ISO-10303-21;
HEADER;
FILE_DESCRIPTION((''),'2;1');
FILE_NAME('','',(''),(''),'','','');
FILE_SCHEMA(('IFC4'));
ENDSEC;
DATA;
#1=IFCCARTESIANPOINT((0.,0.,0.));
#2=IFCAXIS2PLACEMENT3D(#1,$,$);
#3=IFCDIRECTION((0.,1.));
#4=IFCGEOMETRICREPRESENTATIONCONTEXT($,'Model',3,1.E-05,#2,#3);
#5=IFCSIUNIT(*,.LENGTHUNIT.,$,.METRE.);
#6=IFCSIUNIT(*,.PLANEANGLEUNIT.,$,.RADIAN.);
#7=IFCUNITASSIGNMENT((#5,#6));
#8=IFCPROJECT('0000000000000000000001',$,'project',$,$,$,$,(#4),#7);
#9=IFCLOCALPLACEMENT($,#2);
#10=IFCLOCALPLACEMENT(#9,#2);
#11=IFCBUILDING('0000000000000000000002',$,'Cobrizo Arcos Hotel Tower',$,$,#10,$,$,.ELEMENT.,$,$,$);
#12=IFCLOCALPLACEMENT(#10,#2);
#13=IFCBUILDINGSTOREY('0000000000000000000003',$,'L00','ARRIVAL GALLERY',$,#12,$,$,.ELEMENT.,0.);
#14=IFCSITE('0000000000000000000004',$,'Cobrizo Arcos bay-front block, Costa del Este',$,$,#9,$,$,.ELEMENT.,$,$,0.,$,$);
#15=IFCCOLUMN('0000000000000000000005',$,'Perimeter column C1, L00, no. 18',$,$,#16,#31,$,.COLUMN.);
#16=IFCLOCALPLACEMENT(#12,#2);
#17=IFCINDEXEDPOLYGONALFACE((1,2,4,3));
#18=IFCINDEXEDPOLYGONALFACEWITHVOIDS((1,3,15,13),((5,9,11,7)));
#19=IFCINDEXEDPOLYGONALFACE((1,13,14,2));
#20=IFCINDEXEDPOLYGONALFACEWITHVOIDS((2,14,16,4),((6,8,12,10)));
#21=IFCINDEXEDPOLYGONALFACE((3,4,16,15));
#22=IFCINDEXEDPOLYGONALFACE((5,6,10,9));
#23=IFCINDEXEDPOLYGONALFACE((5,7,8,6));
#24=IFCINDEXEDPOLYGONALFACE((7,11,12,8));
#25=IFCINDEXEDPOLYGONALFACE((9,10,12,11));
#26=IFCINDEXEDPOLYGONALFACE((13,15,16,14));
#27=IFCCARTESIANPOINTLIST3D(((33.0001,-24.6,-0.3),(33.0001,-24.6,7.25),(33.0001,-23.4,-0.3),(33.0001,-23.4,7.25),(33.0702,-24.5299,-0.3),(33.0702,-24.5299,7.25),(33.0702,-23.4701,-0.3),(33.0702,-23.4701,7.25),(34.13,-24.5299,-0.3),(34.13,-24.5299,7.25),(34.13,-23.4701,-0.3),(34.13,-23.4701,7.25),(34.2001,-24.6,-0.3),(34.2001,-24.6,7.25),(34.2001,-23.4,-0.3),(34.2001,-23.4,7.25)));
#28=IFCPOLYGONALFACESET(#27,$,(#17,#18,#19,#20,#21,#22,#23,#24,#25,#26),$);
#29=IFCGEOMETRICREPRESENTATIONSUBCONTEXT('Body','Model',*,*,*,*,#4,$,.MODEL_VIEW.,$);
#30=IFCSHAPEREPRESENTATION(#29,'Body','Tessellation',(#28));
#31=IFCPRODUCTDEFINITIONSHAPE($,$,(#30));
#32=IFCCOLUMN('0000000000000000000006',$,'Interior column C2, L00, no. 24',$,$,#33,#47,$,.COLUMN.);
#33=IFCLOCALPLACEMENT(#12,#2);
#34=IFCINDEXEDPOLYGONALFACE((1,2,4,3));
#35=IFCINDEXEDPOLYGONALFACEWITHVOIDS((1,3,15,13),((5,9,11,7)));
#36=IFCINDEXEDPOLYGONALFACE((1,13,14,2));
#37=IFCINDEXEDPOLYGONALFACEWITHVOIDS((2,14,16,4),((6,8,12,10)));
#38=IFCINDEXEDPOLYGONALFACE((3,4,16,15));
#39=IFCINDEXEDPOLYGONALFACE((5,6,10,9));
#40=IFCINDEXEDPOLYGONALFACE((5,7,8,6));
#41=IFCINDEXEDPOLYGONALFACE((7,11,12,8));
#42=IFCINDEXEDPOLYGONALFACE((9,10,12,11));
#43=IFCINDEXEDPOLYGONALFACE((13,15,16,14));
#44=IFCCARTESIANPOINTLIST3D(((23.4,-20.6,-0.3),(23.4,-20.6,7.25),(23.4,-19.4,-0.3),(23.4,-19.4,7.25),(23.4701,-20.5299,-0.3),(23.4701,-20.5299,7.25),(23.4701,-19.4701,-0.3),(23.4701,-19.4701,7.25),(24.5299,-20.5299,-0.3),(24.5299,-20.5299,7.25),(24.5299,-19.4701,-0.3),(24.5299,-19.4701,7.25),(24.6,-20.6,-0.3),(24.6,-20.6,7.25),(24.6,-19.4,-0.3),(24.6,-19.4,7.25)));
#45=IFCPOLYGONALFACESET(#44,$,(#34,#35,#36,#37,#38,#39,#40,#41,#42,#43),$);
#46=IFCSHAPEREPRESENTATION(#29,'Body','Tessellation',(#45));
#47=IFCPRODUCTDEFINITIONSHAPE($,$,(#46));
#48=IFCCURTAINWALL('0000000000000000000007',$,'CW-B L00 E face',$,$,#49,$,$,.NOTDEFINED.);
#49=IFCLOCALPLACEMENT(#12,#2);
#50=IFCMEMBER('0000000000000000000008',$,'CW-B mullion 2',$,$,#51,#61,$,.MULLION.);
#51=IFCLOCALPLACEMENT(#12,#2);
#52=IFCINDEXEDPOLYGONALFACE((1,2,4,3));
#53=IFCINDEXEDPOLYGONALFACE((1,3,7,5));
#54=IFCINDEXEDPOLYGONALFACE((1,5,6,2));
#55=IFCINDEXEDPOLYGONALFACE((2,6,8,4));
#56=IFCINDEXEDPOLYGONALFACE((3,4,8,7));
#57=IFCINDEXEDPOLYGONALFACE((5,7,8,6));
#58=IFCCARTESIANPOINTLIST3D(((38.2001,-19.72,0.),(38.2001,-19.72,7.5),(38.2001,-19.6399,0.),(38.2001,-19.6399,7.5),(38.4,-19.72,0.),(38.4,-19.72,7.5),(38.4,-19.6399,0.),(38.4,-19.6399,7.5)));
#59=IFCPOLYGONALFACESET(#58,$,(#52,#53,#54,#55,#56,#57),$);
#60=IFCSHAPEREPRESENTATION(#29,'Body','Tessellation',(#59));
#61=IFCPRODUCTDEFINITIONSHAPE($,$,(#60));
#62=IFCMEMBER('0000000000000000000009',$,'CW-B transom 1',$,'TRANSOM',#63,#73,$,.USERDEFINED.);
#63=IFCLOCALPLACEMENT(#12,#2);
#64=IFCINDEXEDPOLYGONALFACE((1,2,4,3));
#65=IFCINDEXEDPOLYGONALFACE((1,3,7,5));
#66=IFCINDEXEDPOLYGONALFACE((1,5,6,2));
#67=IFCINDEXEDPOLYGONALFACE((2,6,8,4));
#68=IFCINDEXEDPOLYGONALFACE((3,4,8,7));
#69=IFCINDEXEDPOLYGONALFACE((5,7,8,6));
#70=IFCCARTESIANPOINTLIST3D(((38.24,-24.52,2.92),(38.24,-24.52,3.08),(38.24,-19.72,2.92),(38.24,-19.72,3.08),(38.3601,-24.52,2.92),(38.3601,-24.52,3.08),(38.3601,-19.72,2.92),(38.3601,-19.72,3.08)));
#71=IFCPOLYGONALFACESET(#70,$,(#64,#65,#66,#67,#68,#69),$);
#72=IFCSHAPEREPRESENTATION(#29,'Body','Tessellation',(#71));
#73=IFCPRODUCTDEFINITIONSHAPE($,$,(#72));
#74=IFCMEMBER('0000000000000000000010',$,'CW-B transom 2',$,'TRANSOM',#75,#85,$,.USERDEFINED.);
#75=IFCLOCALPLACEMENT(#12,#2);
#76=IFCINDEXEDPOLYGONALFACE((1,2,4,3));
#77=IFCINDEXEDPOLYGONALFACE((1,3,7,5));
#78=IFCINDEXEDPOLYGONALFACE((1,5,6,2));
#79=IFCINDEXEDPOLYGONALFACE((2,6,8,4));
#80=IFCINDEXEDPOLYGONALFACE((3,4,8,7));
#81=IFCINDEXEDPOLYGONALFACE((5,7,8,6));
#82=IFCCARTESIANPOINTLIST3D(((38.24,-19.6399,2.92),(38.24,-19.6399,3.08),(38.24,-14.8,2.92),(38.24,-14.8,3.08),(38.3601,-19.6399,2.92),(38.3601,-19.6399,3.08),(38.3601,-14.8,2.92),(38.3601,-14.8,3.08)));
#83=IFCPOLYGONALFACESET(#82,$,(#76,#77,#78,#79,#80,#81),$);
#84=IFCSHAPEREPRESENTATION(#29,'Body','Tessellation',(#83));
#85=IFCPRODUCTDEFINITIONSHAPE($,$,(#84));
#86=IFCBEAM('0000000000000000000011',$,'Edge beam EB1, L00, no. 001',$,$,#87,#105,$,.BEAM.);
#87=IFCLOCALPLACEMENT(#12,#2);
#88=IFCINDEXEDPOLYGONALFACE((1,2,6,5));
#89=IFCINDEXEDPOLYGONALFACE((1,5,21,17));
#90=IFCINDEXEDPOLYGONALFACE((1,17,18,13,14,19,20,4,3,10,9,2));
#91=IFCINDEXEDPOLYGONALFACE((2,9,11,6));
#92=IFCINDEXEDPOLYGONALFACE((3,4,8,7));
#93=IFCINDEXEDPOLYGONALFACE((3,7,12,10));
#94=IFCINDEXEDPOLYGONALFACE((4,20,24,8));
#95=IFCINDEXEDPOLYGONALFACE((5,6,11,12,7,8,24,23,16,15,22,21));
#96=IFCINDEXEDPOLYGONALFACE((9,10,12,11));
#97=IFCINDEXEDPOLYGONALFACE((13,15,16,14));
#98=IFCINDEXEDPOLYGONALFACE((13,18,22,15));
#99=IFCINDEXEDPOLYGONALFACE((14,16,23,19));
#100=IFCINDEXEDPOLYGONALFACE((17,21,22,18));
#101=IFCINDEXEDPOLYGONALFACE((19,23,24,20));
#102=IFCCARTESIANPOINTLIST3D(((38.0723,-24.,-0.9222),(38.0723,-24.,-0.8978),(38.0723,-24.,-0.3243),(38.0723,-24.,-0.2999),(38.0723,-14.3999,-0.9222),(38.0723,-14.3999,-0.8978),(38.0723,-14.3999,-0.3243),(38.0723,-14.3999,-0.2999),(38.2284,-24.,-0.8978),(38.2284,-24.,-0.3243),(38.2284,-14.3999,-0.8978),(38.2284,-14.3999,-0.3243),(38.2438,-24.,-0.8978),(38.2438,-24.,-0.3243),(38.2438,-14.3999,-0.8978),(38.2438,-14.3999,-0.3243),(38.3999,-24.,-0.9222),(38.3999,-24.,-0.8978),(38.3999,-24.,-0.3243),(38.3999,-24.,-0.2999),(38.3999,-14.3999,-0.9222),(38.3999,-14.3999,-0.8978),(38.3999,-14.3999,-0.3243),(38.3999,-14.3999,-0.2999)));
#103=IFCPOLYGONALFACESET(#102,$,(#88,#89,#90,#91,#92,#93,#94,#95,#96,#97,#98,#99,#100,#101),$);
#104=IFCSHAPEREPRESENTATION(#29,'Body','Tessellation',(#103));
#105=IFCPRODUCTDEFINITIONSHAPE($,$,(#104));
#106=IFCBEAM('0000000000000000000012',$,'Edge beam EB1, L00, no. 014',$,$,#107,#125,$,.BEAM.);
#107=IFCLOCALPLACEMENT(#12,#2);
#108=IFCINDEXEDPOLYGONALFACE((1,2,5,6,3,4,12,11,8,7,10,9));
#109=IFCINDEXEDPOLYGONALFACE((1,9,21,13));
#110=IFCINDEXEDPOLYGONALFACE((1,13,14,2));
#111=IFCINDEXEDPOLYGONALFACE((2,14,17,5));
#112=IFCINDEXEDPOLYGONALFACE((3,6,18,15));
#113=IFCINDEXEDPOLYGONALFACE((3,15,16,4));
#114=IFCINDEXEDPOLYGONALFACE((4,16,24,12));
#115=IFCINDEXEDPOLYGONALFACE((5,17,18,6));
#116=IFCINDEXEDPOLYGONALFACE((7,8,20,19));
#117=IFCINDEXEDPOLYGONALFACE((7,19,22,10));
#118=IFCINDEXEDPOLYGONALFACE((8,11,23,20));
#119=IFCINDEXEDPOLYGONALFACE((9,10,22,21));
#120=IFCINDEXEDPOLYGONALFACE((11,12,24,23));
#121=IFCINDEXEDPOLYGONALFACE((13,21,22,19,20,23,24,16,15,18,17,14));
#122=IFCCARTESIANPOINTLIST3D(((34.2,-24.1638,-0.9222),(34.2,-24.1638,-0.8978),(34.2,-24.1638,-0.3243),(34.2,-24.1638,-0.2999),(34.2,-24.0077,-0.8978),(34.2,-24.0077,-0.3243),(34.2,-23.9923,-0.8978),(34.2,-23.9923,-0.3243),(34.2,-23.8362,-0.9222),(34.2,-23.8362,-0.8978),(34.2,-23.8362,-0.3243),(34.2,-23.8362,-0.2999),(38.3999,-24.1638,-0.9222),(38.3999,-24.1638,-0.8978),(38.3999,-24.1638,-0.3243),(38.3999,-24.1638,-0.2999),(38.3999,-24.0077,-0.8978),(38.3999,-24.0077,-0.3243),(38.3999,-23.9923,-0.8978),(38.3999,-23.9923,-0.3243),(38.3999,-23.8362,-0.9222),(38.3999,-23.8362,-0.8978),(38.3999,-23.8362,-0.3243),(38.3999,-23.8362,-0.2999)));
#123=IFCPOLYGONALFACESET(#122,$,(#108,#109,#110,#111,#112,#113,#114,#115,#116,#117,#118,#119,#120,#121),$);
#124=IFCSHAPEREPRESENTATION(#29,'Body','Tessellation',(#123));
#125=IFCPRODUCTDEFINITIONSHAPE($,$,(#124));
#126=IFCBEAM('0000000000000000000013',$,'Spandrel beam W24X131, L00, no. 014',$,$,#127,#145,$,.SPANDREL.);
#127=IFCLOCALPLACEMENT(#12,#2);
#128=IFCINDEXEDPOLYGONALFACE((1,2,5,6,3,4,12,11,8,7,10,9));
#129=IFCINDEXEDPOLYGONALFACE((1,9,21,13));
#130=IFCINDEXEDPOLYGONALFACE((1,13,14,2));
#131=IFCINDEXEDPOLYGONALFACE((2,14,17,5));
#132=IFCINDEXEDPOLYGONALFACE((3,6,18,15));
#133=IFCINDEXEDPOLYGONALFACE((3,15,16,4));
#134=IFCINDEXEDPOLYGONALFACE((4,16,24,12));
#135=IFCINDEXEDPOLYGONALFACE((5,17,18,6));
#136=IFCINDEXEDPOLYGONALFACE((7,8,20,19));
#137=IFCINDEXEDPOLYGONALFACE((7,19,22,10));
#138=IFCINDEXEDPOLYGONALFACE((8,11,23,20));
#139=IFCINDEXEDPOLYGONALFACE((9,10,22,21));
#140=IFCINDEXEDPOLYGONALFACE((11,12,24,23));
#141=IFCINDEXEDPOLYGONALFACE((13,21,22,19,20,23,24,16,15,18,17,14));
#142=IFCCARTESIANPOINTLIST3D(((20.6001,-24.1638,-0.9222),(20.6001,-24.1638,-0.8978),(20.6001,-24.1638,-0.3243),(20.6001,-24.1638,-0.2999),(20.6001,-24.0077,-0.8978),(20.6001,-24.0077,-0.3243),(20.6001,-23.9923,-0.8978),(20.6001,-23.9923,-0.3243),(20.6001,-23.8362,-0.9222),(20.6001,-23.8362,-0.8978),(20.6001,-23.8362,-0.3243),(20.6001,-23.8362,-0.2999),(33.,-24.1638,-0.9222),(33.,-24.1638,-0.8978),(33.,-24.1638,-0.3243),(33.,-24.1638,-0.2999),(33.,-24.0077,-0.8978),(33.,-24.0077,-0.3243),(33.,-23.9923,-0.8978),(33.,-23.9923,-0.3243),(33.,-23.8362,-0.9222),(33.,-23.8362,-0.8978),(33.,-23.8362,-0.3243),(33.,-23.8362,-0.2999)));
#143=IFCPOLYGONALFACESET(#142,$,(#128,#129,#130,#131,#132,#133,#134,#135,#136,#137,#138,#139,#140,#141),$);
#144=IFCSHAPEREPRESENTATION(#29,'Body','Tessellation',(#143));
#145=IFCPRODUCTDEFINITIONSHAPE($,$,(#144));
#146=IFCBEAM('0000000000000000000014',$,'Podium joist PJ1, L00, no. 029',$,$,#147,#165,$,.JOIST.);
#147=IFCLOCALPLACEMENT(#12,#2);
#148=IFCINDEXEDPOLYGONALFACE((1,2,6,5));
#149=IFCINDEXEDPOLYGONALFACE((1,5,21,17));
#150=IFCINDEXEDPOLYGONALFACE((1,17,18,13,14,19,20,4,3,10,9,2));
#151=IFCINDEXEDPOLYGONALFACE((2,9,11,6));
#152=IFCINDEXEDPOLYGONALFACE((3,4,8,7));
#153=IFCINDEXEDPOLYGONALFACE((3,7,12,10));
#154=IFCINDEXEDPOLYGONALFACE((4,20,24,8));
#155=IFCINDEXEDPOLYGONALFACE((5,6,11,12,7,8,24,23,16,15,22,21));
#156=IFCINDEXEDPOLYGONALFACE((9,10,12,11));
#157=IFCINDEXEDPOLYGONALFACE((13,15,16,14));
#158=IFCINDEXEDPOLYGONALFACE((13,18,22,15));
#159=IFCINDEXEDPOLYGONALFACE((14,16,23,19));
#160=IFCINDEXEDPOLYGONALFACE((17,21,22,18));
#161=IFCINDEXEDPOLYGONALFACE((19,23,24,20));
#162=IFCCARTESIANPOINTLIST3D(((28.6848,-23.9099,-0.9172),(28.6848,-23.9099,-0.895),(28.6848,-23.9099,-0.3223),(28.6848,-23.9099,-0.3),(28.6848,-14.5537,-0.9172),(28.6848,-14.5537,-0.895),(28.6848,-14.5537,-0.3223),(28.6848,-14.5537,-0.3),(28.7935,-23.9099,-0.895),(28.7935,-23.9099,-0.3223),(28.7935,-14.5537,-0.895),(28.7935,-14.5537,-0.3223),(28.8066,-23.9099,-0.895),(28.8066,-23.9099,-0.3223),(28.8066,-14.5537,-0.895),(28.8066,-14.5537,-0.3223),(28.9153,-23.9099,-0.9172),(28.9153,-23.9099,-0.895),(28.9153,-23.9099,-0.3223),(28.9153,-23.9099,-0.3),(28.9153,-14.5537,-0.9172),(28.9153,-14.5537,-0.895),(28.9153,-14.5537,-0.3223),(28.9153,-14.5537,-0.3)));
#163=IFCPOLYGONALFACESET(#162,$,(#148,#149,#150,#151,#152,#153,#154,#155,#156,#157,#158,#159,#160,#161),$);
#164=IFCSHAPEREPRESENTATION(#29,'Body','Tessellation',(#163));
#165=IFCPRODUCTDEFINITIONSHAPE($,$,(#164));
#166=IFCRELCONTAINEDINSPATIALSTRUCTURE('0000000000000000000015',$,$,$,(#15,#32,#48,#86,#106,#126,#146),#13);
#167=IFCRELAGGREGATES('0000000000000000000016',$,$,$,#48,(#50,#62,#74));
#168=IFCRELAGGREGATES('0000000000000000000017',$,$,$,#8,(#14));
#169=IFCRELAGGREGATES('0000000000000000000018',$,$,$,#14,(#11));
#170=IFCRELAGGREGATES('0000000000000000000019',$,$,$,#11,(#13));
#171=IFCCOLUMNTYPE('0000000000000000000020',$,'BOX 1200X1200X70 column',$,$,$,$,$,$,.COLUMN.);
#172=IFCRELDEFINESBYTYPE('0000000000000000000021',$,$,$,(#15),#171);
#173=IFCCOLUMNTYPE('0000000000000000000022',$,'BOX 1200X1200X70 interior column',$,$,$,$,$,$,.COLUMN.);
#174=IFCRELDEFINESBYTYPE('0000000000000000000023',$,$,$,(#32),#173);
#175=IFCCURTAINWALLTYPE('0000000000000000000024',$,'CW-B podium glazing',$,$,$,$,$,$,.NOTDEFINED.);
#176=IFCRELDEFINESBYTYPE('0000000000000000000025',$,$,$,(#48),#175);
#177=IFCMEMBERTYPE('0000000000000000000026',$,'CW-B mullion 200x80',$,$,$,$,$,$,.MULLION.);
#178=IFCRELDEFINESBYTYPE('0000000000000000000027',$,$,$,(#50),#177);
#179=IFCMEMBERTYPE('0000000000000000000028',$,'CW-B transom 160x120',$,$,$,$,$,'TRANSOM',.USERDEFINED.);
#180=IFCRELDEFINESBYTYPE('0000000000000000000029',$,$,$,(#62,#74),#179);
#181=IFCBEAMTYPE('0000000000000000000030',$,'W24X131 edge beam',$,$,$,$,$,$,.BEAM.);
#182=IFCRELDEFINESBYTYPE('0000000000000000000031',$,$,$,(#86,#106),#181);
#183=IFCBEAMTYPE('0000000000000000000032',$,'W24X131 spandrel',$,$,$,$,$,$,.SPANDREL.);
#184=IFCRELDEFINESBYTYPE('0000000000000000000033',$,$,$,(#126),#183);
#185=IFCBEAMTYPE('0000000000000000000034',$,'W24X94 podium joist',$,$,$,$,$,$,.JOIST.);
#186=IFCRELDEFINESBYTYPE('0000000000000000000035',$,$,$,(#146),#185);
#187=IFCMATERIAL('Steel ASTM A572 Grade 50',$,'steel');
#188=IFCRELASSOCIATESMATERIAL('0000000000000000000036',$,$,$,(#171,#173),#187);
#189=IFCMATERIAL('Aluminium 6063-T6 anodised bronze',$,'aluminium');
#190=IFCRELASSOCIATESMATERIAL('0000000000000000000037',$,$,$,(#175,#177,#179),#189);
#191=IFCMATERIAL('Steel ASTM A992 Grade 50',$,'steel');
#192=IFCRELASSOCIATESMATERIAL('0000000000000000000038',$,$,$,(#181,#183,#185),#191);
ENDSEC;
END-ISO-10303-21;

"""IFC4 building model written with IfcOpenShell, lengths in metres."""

from ifc_helpers import new_model, si_unit, direction, frame, origin, origin_2d, place, context, subcontext, project, spatial, rectangle, hollow_rectangle, i_section, extrude, material, material_profile, profile_set, type_object, element, aggregate, save


model = new_model("IFC4")

# Units and contexts
model_context = context("Model", 3, precision=1e-05, world=origin(), true_north=direction((0.0, 1.0)))
body_context = subcontext(model_context, "Body", "Model", "MODEL_VIEW")
ifc_project = project(units=[si_unit("LENGTHUNIT", "METRE"), si_unit("PLANEANGLEUNIT", "RADIAN")], contexts=[model_context])

# Site, building, storey
site_placement = place(None, origin())
site = spatial("IfcSite", under=ifc_project, at=site_placement, Name="Cobrizo Arcos bay-front block, Costa del Este", CompositionType="ELEMENT", RefElevation=0.0)
building_placement = place(site_placement, origin())
building = spatial("IfcBuilding", under=site, at=building_placement, Name="Cobrizo Arcos Hotel Tower", CompositionType="ELEMENT")
storey_placement = place(building_placement, origin())
storey = spatial("IfcBuildingStorey", under=building, at=storey_placement, Name="L00", Description="ARRIVAL GALLERY", CompositionType="ELEMENT", Elevation=0.0)

# Columns
ifc_material_1 = material(Name="Steel ASTM A572 Grade 50", Category="steel")
ifc_material_profile_1 = material_profile(ifc_material_1, hollow_rectangle(XDim=1.2, YDim=1.2, WallThickness=0.0701, at=origin_2d()), Name="BOX 1200X1200X70")
ifc_profile_set_1 = profile_set([ifc_material_profile_1], Name="Steel ASTM A572 Grade 50")
column_type_1 = type_object("IfcColumnType", Name="BOX 1200X1200X70 column", PredefinedType="COLUMN", material=ifc_profile_set_1)
column_1_placement = place(storey_placement, frame((33.6001, -24.0, -0.3), z_axis=(0.0, 0.0, 1.0), x_axis=(1.0, 0.0, 0.0)))
element("IfcColumn", 1, at=column_1_placement, inside=storey, type_object=column_type_1, Name="Perimeter column C1, L00, no. 18", PredefinedType="COLUMN", context=body_context, shape_type="SweptSolid", body=[
    extrude(hollow_rectangle(XDim=1.2, YDim=1.2, WallThickness=0.0701, at=origin_2d()), origin(), (0.0, 0.0, 1.0), 7.55),
])
ifc_material_profile_2 = material_profile(ifc_material_1, hollow_rectangle(XDim=1.2, YDim=1.2, WallThickness=0.0701, at=origin_2d()), Name="BOX 1200X1200X70")
ifc_profile_set_2 = profile_set([ifc_material_profile_2], Name="Steel ASTM A572 Grade 50")
column_type_2 = type_object("IfcColumnType", Name="BOX 1200X1200X70 interior column", PredefinedType="COLUMN", material=ifc_profile_set_2)
column_2_placement = place(storey_placement, frame((24.0, -20.0, -0.3), z_axis=(0.0, 0.0, 1.0), x_axis=(1.0, 0.0, 0.0)))
element("IfcColumn", 2, at=column_2_placement, inside=storey, type_object=column_type_2, Name="Interior column C2, L00, no. 24", PredefinedType="COLUMN", context=body_context, shape_type="SweptSolid", body=[
    extrude(hollow_rectangle(XDim=1.2, YDim=1.2, WallThickness=0.0701, at=origin_2d()), origin(), (0.0, 0.0, 1.0), 7.55),
])

# Curtain wall, members
ifc_material_2 = material(Name="Aluminium 6063-T6 anodised bronze", Category="aluminium")
curtain_wall_type = type_object("IfcCurtainWallType", Name="CW-B podium glazing", PredefinedType="NOTDEFINED", material=ifc_material_2)
curtain_wall_placement = place(storey_placement, origin())
curtain_wall = element("IfcCurtainWall", 3, at=curtain_wall_placement, inside=storey, type_object=curtain_wall_type, Name="CW-B L00 E face", PredefinedType="NOTDEFINED")
ifc_material_profile_3 = material_profile(ifc_material_2, rectangle(XDim=0.2, YDim=0.0801, at=origin_2d()), Name="CW-B mullion 200x80")
ifc_profile_set_3 = profile_set([ifc_material_profile_3], Name="Aluminium 6063-T6 anodised bronze")
member_type_1 = type_object("IfcMemberType", Name="CW-B mullion 200x80", PredefinedType="MULLION", material=ifc_profile_set_3)
member_1_placement = place(storey_placement, frame((38.3, -19.6799, 0.0), z_axis=(0.0, 0.0, 1.0), x_axis=(1.0, 0.0, 0.0)))
member_1 = element("IfcMember", 4, at=member_1_placement, type_object=member_type_1, Name="CW-B mullion 2", PredefinedType="MULLION", context=body_context, shape_type="SweptSolid", body=[
    extrude(rectangle(XDim=0.2, YDim=0.0801, at=origin_2d()), origin(), (0.0, 0.0, 1.0), 7.5),
])
ifc_material_profile_4 = material_profile(ifc_material_2, rectangle(XDim=0.1201, YDim=0.1599, at=origin_2d()), Name="CW-B transom 160x120")
ifc_profile_set_4 = profile_set([ifc_material_profile_4], Name="Aluminium 6063-T6 anodised bronze")
member_type_2 = type_object("IfcMemberType", Name="CW-B transom 160x120", ElementType="TRANSOM", PredefinedType="USERDEFINED", material=ifc_profile_set_4)
member_2_placement = place(storey_placement, frame((38.3, -24.52, 3.0), z_axis=(0.0, 1.0, 0.0), x_axis=(-1.0, 0.0, 0.0)))
member_2 = element("IfcMember", 5, at=member_2_placement, type_object=member_type_2, Name="CW-B transom 1", ObjectType="TRANSOM", PredefinedType="USERDEFINED", context=body_context, shape_type="SweptSolid", body=[
    extrude(rectangle(XDim=0.1201, YDim=0.1599, at=origin_2d()), origin(), (0.0, 0.0, 1.0), 4.8),
])
member_3_placement = place(storey_placement, frame((38.3, -19.6399, 3.0), z_axis=(0.0, 1.0, 0.0), x_axis=(-1.0, 0.0, 0.0)))
member_3 = element("IfcMember", 6, at=member_3_placement, type_object=member_type_2, Name="CW-B transom 2", ObjectType="TRANSOM", PredefinedType="USERDEFINED", context=body_context, shape_type="SweptSolid", body=[
    extrude(rectangle(XDim=0.1201, YDim=0.1599, at=origin_2d()), origin(), (0.0, 0.0, 1.0), 4.8398),
])

# Beams
ifc_material_3 = material(Name="Steel ASTM A992 Grade 50", Category="steel")
ifc_material_profile_5 = material_profile(ifc_material_3, i_section(OverallWidth=0.3276, OverallDepth=0.6223, WebThickness=0.0154, FlangeThickness=0.0244, at=origin_2d()), Name="W24X131")
ifc_profile_set_5 = profile_set([ifc_material_profile_5], Name="Steel ASTM A992 Grade 50")
beam_type_1 = type_object("IfcBeamType", Name="W24X131 edge beam", PredefinedType="BEAM", material=ifc_profile_set_5)
beam_1_placement = place(storey_placement, frame((38.2361, -24.0, -0.6111), z_axis=(0.0, 1.0, 0.0), x_axis=(-1.0, 0.0, 0.0)))
element("IfcBeam", 7, at=beam_1_placement, inside=storey, type_object=beam_type_1, Name="Edge beam EB1, L00, no. 001", PredefinedType="BEAM", context=body_context, shape_type="SweptSolid", body=[
    extrude(i_section(OverallWidth=0.3276, OverallDepth=0.6223, WebThickness=0.0154, FlangeThickness=0.0244, at=origin_2d()), origin(), (0.0, 0.0, 1.0), 9.6001),
])
beam_2_placement = place(storey_placement, frame((34.2, -24.0, -0.6111), z_axis=(1.0, 0.0, 0.0), x_axis=(0.0, 1.0, 0.0)))
element("IfcBeam", 8, at=beam_2_placement, inside=storey, type_object=beam_type_1, Name="Edge beam EB1, L00, no. 014", PredefinedType="BEAM", context=body_context, shape_type="SweptSolid", body=[
    extrude(i_section(OverallWidth=0.3276, OverallDepth=0.6223, WebThickness=0.0154, FlangeThickness=0.0244, at=origin_2d()), origin(), (0.0, 0.0, 1.0), 4.2),
])
ifc_material_profile_6 = material_profile(ifc_material_3, i_section(OverallWidth=0.3276, OverallDepth=0.6223, WebThickness=0.0154, FlangeThickness=0.0244, at=origin_2d()), Name="W24X131")
ifc_profile_set_6 = profile_set([ifc_material_profile_6], Name="Steel ASTM A992 Grade 50")
beam_type_2 = type_object("IfcBeamType", Name="W24X131 spandrel", PredefinedType="SPANDREL", material=ifc_profile_set_6)
beam_3_placement = place(storey_placement, frame((20.6001, -24.0, -0.6111), z_axis=(1.0, 0.0, 0.0), x_axis=(0.0, 1.0, 0.0)))
element("IfcBeam", 9, at=beam_3_placement, inside=storey, type_object=beam_type_2, Name="Spandrel beam W24X131, L00, no. 014", PredefinedType="SPANDREL", context=body_context, shape_type="SweptSolid", body=[
    extrude(i_section(OverallWidth=0.3276, OverallDepth=0.6223, WebThickness=0.0154, FlangeThickness=0.0244, at=origin_2d()), origin(), (0.0, 0.0, 1.0), 12.3999),
])
ifc_material_profile_7 = material_profile(ifc_material_3, i_section(OverallWidth=0.2305, OverallDepth=0.6172, WebThickness=0.0132, FlangeThickness=0.0222, at=origin_2d()), Name="W24X94")
ifc_profile_set_7 = profile_set([ifc_material_profile_7], Name="Steel ASTM A992 Grade 50")
beam_type_3 = type_object("IfcBeamType", Name="W24X94 podium joist", PredefinedType="JOIST", material=ifc_profile_set_7)
beam_4_placement = place(storey_placement, frame((28.8, -23.9099, -0.6086), z_axis=(0.0, 1.0, 0.0), x_axis=(-1.0, 0.0, 0.0)))
element("IfcBeam", 10, at=beam_4_placement, inside=storey, type_object=beam_type_3, Name="Podium joist PJ1, L00, no. 029", PredefinedType="JOIST", context=body_context, shape_type="SweptSolid", body=[
    extrude(i_section(OverallWidth=0.2305, OverallDepth=0.6172, WebThickness=0.0132, FlangeThickness=0.0222, at=origin_2d()), origin(), (0.0, 0.0, 1.0), 9.3562),
])

aggregate(curtain_wall, [member_1, member_2, member_3])

save(model, "model.ifc")
